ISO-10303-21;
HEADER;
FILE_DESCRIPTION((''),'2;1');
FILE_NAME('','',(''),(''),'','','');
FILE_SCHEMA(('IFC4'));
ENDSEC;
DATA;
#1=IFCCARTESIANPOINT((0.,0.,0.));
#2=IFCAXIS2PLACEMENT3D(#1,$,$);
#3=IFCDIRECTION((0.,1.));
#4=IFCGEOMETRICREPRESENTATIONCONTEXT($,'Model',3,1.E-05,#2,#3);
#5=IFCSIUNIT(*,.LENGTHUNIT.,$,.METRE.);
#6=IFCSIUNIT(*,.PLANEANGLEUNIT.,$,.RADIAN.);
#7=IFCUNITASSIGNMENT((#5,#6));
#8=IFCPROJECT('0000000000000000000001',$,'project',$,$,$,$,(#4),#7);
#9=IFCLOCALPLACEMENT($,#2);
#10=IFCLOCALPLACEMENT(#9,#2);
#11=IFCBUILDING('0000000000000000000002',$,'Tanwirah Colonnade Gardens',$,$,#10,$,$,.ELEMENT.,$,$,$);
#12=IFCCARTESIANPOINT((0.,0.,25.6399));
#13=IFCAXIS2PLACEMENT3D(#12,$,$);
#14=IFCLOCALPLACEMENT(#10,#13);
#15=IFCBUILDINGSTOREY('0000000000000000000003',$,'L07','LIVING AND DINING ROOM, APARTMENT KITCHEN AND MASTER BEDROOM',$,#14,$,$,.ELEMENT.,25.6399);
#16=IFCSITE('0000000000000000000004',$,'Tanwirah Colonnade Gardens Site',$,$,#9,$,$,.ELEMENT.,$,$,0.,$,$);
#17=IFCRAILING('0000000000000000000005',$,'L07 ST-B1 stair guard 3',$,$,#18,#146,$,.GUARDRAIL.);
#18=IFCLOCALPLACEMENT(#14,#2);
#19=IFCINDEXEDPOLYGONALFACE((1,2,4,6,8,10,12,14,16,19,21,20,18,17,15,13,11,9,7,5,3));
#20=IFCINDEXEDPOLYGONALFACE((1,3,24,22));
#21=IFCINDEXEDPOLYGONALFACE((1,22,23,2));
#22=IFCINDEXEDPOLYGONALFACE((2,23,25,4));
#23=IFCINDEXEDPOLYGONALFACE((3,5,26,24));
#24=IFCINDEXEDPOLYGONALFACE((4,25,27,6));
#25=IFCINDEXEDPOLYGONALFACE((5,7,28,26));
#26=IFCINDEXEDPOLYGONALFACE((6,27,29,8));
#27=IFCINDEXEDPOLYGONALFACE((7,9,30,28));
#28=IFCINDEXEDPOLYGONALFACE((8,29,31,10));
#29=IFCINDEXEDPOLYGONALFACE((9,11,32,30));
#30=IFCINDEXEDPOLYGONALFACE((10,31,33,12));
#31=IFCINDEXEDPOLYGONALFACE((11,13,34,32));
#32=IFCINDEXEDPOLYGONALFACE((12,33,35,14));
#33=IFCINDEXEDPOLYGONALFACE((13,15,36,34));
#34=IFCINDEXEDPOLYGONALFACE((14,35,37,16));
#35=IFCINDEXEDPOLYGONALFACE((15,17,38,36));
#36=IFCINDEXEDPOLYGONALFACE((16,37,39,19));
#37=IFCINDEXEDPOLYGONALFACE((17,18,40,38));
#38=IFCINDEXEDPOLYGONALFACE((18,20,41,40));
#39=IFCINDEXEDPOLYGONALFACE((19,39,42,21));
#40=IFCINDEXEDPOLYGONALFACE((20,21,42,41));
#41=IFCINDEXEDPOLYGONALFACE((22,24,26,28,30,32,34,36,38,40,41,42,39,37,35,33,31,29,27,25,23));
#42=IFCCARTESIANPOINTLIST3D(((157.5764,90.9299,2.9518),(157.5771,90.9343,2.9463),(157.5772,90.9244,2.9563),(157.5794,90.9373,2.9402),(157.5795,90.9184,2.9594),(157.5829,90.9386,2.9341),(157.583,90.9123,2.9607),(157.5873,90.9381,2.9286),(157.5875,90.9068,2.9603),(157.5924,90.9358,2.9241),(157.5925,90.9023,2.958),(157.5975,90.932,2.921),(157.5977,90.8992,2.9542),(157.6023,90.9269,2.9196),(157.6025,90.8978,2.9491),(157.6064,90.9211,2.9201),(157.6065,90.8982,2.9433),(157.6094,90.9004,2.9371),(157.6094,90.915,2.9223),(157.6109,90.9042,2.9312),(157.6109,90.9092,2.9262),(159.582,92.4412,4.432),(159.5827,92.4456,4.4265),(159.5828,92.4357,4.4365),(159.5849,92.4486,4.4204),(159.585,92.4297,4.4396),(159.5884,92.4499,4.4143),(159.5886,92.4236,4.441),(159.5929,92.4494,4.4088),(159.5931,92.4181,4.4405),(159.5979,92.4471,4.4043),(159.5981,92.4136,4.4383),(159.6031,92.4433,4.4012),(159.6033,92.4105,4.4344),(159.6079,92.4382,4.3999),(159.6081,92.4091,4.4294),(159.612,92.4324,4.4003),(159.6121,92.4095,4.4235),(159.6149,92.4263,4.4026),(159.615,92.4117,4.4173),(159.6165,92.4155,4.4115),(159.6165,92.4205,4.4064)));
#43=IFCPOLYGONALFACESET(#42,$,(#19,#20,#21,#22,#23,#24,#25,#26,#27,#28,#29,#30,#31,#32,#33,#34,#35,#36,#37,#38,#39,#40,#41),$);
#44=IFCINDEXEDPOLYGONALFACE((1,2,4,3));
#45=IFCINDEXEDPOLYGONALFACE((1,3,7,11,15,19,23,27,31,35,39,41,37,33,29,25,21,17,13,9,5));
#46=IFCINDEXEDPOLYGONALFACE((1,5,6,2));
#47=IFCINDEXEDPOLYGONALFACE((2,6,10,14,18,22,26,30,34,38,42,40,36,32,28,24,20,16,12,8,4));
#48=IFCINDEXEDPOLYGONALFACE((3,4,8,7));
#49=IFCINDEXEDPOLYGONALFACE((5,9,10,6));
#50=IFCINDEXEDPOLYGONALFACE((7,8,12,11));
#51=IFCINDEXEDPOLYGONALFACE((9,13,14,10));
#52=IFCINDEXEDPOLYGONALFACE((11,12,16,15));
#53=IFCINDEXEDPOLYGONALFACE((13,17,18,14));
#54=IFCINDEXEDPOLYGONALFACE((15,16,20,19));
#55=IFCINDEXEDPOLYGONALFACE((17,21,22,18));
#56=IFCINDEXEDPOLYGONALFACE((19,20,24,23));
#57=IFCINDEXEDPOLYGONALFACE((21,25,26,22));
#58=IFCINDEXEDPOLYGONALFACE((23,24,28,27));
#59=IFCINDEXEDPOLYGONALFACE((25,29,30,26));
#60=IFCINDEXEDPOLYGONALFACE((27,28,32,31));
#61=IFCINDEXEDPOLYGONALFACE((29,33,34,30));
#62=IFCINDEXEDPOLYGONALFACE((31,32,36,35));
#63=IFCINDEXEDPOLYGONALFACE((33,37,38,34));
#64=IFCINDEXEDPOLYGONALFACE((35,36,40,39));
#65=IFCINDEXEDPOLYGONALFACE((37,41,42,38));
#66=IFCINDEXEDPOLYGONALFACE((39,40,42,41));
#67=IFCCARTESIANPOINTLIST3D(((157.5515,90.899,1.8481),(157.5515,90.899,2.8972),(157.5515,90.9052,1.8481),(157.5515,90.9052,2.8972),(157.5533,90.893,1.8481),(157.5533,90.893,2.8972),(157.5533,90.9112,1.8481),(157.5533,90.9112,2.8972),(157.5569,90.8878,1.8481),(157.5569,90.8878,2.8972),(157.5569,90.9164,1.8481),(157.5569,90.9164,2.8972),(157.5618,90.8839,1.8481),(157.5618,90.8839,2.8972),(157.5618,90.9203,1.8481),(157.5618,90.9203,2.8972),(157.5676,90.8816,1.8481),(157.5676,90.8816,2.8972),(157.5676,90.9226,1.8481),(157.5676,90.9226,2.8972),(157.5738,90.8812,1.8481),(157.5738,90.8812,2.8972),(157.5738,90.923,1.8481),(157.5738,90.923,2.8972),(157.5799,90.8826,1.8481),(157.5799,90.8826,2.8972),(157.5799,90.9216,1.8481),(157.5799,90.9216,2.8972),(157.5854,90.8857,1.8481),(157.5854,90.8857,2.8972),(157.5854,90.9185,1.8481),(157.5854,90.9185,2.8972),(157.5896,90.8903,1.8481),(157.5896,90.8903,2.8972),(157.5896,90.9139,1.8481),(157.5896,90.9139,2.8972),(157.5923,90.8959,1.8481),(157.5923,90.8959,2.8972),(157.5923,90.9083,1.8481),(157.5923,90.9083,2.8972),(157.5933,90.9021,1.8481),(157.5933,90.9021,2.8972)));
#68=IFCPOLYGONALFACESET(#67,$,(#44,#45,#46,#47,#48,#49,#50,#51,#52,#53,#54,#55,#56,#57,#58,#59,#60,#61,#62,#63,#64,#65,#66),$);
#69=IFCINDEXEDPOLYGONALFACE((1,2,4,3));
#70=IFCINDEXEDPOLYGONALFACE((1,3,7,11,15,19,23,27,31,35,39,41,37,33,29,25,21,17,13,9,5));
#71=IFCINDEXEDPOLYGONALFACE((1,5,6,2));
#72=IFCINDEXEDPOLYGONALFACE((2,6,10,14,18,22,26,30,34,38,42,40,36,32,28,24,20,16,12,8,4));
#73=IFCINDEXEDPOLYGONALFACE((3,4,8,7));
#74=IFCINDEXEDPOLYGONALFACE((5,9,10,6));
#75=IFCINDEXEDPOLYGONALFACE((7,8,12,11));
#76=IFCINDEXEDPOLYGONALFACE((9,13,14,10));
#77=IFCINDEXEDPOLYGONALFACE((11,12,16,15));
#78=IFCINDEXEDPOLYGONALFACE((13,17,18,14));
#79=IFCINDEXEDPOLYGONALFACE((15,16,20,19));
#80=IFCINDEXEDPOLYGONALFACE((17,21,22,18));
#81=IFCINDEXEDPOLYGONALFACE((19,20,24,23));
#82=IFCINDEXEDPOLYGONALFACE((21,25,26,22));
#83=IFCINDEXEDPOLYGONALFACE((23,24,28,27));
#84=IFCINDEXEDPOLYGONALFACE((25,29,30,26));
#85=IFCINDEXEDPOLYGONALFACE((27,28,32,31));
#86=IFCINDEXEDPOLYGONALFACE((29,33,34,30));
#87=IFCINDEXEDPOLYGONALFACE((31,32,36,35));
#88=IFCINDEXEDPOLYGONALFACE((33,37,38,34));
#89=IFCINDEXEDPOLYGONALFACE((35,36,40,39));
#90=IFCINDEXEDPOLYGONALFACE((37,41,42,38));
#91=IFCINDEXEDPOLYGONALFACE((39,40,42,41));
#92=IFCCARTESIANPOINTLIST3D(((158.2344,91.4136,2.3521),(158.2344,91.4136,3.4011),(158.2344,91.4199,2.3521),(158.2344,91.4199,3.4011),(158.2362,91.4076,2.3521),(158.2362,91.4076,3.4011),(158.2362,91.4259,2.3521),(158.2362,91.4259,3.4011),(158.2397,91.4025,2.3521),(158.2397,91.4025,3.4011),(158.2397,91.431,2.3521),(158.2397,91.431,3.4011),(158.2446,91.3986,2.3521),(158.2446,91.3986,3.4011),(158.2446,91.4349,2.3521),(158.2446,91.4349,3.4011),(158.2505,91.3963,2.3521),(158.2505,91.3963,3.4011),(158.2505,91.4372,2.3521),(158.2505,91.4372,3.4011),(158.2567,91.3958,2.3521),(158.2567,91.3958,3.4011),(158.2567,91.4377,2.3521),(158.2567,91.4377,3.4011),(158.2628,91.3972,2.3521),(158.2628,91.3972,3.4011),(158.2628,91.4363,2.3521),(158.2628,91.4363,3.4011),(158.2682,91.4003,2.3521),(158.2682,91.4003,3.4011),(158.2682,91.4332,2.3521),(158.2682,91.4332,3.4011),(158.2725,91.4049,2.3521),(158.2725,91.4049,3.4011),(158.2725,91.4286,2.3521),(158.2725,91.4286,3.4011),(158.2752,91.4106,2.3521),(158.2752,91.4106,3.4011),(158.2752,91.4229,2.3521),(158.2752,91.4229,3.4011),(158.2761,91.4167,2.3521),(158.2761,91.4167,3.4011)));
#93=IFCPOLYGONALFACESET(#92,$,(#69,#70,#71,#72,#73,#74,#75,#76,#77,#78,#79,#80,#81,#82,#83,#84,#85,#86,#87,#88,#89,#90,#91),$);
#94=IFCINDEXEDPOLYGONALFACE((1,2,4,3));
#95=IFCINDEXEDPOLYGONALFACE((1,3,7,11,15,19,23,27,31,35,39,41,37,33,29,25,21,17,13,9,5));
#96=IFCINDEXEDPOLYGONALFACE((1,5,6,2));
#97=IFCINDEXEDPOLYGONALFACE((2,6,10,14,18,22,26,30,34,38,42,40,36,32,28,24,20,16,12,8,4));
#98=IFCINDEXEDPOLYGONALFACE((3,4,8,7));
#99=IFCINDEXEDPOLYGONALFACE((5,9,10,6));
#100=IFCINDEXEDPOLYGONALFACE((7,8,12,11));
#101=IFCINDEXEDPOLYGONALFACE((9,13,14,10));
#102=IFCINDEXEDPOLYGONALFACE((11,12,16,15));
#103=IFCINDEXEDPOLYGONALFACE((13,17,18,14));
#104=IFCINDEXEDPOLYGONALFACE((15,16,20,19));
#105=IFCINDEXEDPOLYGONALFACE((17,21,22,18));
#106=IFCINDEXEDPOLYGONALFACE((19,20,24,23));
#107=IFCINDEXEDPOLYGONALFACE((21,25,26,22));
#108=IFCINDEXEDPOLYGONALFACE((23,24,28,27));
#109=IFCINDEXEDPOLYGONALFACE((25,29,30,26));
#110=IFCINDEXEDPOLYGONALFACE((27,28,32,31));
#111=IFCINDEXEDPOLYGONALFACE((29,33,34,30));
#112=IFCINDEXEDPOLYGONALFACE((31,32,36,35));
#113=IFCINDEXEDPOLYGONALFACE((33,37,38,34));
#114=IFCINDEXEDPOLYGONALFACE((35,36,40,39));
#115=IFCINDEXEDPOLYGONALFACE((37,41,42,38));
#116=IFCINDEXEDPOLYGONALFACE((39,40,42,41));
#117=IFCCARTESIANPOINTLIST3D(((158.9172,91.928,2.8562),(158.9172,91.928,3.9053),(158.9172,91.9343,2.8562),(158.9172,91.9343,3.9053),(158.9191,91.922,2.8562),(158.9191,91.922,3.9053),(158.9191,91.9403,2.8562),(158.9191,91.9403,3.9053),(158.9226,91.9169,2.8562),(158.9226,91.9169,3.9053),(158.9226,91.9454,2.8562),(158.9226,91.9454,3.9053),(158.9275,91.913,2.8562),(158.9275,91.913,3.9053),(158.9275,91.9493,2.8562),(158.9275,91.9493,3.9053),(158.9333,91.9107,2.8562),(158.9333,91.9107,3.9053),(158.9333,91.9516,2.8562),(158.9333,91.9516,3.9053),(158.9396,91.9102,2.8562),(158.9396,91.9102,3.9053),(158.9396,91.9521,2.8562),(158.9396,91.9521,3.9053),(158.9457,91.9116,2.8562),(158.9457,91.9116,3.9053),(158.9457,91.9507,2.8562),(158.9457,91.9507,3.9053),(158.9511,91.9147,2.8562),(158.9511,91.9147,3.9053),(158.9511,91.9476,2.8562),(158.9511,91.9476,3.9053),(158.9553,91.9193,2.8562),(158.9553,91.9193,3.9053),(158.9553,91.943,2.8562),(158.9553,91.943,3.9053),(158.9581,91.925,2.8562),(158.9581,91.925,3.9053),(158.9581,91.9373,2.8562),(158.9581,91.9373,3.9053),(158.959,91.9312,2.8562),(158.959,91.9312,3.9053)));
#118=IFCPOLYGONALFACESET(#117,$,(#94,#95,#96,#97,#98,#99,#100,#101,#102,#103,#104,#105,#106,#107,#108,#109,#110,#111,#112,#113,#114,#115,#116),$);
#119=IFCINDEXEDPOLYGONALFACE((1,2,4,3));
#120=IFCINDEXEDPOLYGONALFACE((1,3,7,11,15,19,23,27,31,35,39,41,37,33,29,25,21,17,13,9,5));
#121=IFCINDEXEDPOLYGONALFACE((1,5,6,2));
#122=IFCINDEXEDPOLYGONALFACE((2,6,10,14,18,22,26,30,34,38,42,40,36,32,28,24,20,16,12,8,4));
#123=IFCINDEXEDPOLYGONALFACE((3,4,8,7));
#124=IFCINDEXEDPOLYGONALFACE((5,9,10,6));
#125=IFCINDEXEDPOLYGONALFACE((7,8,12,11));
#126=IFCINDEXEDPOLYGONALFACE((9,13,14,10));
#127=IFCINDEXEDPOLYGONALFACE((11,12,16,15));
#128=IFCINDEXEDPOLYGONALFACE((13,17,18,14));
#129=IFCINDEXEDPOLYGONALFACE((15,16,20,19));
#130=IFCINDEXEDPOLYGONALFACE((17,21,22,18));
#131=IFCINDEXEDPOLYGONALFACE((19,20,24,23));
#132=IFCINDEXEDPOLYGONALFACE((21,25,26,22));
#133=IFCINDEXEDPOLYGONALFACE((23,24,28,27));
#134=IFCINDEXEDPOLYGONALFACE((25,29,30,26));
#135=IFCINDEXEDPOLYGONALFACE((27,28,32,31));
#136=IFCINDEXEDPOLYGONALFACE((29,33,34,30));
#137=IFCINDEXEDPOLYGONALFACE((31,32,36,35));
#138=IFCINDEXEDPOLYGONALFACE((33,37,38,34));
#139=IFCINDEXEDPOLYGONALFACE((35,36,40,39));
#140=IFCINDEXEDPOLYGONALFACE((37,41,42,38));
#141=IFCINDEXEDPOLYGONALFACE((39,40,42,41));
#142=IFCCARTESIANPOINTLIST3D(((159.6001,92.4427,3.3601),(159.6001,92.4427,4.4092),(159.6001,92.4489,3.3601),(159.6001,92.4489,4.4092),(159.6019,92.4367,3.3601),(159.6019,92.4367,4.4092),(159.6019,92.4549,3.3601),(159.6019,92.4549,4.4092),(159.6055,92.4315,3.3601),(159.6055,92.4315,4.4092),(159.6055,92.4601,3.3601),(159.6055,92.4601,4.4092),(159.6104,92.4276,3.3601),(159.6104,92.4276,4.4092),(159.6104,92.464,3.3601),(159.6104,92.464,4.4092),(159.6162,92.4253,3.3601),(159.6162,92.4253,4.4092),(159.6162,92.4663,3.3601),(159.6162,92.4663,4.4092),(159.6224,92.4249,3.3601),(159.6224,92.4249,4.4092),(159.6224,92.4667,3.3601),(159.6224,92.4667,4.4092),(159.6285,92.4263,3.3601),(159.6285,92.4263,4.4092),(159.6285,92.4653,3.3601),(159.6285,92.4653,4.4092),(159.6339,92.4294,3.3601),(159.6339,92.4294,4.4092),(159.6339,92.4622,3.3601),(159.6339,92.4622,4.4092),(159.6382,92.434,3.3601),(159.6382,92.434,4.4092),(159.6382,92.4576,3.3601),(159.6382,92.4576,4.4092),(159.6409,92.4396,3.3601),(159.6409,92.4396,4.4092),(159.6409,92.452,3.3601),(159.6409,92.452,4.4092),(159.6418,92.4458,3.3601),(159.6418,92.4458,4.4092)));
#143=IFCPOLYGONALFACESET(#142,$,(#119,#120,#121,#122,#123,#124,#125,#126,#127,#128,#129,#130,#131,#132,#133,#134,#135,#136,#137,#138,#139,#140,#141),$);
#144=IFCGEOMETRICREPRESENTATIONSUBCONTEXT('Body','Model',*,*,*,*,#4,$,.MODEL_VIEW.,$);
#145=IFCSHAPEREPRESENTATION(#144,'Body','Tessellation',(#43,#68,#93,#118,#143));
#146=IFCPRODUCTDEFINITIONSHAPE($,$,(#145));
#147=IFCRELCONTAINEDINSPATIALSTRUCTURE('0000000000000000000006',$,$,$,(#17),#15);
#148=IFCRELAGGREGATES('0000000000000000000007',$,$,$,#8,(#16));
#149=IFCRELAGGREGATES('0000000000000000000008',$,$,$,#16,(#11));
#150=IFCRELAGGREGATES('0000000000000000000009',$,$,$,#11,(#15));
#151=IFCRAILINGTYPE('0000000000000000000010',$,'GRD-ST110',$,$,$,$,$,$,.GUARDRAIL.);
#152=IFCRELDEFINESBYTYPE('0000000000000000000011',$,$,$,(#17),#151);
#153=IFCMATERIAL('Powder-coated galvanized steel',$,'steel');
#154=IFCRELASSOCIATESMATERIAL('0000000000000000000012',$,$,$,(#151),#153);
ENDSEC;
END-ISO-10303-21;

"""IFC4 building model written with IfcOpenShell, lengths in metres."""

from ifc_helpers import new_model, si_unit, direction, frame, origin, origin_2d, place, context, subcontext, project, spatial, circle, extrude, material, type_object, element, save


model = new_model("IFC4")

# Units and contexts
model_context = context("Model", 3, precision=1e-05, world=origin(), true_north=direction((0.0, 1.0)))
body_context = subcontext(model_context, "Body", "Model", "MODEL_VIEW")
ifc_project = project(units=[si_unit("LENGTHUNIT", "METRE"), si_unit("PLANEANGLEUNIT", "RADIAN")], contexts=[model_context])

# Site, building, storey
site_placement = place(None, origin())
site = spatial("IfcSite", under=ifc_project, at=site_placement, Name="Tanwirah Colonnade Gardens Site", CompositionType="ELEMENT", RefElevation=0.0)
building_placement = place(site_placement, origin())
building = spatial("IfcBuilding", under=site, at=building_placement, Name="Tanwirah Colonnade Gardens", CompositionType="ELEMENT")
storey_placement = place(building_placement, frame((0.0, 0.0, 25.6399)))
storey = spatial("IfcBuildingStorey", under=building, at=storey_placement, Name="L07", Description="LIVING AND DINING ROOM, APARTMENT KITCHEN AND MASTER BEDROOM", CompositionType="ELEMENT", Elevation=25.6399)

# Railing
ifc_material_1 = material(Name="Powder-coated galvanized steel", Category="steel")
railing_type_1 = type_object("IfcRailingType", Name="GRD-ST110", PredefinedType="GUARDRAIL", material=ifc_material_1)
railing_1_placement = place(storey_placement, frame((157.5723, 90.9021, 1.8481)))
element("IfcRailing", 1, at=railing_1_placement, inside=storey, type_object=railing_type_1, Name="L07 ST-B1 stair guard 3", PredefinedType="GUARDRAIL", context=body_context, shape_type="SweptSolid", body=[
    extrude(circle(Radius=0.0239, at=origin_2d()), frame((0.0215, 0.0161, 1.092), z_axis=(0.688012, 0.518449, 0.507789), x_axis=(-0.601811, 0.798639, 0.0)), (0.0, 0.0, 1.0), 2.915),
    extrude(circle(Radius=0.021, at=origin_2d()), origin(), (0.0, 0.0, 1.0), 1.0491),
    extrude(circle(Radius=0.021, at=origin_2d()), frame((0.6829, 0.5146, 0.5039)), (0.0, 0.0, 1.0), 1.0491),
    extrude(circle(Radius=0.021, at=origin_2d()), frame((1.3657, 1.0291, 1.0081)), (0.0, 0.0, 1.0), 1.0491),
    extrude(circle(Radius=0.021, at=origin_2d()), frame((2.0486, 1.5437, 1.512)), (0.0, 0.0, 1.0), 1.0491),
])

save(model, "model.ifc")
